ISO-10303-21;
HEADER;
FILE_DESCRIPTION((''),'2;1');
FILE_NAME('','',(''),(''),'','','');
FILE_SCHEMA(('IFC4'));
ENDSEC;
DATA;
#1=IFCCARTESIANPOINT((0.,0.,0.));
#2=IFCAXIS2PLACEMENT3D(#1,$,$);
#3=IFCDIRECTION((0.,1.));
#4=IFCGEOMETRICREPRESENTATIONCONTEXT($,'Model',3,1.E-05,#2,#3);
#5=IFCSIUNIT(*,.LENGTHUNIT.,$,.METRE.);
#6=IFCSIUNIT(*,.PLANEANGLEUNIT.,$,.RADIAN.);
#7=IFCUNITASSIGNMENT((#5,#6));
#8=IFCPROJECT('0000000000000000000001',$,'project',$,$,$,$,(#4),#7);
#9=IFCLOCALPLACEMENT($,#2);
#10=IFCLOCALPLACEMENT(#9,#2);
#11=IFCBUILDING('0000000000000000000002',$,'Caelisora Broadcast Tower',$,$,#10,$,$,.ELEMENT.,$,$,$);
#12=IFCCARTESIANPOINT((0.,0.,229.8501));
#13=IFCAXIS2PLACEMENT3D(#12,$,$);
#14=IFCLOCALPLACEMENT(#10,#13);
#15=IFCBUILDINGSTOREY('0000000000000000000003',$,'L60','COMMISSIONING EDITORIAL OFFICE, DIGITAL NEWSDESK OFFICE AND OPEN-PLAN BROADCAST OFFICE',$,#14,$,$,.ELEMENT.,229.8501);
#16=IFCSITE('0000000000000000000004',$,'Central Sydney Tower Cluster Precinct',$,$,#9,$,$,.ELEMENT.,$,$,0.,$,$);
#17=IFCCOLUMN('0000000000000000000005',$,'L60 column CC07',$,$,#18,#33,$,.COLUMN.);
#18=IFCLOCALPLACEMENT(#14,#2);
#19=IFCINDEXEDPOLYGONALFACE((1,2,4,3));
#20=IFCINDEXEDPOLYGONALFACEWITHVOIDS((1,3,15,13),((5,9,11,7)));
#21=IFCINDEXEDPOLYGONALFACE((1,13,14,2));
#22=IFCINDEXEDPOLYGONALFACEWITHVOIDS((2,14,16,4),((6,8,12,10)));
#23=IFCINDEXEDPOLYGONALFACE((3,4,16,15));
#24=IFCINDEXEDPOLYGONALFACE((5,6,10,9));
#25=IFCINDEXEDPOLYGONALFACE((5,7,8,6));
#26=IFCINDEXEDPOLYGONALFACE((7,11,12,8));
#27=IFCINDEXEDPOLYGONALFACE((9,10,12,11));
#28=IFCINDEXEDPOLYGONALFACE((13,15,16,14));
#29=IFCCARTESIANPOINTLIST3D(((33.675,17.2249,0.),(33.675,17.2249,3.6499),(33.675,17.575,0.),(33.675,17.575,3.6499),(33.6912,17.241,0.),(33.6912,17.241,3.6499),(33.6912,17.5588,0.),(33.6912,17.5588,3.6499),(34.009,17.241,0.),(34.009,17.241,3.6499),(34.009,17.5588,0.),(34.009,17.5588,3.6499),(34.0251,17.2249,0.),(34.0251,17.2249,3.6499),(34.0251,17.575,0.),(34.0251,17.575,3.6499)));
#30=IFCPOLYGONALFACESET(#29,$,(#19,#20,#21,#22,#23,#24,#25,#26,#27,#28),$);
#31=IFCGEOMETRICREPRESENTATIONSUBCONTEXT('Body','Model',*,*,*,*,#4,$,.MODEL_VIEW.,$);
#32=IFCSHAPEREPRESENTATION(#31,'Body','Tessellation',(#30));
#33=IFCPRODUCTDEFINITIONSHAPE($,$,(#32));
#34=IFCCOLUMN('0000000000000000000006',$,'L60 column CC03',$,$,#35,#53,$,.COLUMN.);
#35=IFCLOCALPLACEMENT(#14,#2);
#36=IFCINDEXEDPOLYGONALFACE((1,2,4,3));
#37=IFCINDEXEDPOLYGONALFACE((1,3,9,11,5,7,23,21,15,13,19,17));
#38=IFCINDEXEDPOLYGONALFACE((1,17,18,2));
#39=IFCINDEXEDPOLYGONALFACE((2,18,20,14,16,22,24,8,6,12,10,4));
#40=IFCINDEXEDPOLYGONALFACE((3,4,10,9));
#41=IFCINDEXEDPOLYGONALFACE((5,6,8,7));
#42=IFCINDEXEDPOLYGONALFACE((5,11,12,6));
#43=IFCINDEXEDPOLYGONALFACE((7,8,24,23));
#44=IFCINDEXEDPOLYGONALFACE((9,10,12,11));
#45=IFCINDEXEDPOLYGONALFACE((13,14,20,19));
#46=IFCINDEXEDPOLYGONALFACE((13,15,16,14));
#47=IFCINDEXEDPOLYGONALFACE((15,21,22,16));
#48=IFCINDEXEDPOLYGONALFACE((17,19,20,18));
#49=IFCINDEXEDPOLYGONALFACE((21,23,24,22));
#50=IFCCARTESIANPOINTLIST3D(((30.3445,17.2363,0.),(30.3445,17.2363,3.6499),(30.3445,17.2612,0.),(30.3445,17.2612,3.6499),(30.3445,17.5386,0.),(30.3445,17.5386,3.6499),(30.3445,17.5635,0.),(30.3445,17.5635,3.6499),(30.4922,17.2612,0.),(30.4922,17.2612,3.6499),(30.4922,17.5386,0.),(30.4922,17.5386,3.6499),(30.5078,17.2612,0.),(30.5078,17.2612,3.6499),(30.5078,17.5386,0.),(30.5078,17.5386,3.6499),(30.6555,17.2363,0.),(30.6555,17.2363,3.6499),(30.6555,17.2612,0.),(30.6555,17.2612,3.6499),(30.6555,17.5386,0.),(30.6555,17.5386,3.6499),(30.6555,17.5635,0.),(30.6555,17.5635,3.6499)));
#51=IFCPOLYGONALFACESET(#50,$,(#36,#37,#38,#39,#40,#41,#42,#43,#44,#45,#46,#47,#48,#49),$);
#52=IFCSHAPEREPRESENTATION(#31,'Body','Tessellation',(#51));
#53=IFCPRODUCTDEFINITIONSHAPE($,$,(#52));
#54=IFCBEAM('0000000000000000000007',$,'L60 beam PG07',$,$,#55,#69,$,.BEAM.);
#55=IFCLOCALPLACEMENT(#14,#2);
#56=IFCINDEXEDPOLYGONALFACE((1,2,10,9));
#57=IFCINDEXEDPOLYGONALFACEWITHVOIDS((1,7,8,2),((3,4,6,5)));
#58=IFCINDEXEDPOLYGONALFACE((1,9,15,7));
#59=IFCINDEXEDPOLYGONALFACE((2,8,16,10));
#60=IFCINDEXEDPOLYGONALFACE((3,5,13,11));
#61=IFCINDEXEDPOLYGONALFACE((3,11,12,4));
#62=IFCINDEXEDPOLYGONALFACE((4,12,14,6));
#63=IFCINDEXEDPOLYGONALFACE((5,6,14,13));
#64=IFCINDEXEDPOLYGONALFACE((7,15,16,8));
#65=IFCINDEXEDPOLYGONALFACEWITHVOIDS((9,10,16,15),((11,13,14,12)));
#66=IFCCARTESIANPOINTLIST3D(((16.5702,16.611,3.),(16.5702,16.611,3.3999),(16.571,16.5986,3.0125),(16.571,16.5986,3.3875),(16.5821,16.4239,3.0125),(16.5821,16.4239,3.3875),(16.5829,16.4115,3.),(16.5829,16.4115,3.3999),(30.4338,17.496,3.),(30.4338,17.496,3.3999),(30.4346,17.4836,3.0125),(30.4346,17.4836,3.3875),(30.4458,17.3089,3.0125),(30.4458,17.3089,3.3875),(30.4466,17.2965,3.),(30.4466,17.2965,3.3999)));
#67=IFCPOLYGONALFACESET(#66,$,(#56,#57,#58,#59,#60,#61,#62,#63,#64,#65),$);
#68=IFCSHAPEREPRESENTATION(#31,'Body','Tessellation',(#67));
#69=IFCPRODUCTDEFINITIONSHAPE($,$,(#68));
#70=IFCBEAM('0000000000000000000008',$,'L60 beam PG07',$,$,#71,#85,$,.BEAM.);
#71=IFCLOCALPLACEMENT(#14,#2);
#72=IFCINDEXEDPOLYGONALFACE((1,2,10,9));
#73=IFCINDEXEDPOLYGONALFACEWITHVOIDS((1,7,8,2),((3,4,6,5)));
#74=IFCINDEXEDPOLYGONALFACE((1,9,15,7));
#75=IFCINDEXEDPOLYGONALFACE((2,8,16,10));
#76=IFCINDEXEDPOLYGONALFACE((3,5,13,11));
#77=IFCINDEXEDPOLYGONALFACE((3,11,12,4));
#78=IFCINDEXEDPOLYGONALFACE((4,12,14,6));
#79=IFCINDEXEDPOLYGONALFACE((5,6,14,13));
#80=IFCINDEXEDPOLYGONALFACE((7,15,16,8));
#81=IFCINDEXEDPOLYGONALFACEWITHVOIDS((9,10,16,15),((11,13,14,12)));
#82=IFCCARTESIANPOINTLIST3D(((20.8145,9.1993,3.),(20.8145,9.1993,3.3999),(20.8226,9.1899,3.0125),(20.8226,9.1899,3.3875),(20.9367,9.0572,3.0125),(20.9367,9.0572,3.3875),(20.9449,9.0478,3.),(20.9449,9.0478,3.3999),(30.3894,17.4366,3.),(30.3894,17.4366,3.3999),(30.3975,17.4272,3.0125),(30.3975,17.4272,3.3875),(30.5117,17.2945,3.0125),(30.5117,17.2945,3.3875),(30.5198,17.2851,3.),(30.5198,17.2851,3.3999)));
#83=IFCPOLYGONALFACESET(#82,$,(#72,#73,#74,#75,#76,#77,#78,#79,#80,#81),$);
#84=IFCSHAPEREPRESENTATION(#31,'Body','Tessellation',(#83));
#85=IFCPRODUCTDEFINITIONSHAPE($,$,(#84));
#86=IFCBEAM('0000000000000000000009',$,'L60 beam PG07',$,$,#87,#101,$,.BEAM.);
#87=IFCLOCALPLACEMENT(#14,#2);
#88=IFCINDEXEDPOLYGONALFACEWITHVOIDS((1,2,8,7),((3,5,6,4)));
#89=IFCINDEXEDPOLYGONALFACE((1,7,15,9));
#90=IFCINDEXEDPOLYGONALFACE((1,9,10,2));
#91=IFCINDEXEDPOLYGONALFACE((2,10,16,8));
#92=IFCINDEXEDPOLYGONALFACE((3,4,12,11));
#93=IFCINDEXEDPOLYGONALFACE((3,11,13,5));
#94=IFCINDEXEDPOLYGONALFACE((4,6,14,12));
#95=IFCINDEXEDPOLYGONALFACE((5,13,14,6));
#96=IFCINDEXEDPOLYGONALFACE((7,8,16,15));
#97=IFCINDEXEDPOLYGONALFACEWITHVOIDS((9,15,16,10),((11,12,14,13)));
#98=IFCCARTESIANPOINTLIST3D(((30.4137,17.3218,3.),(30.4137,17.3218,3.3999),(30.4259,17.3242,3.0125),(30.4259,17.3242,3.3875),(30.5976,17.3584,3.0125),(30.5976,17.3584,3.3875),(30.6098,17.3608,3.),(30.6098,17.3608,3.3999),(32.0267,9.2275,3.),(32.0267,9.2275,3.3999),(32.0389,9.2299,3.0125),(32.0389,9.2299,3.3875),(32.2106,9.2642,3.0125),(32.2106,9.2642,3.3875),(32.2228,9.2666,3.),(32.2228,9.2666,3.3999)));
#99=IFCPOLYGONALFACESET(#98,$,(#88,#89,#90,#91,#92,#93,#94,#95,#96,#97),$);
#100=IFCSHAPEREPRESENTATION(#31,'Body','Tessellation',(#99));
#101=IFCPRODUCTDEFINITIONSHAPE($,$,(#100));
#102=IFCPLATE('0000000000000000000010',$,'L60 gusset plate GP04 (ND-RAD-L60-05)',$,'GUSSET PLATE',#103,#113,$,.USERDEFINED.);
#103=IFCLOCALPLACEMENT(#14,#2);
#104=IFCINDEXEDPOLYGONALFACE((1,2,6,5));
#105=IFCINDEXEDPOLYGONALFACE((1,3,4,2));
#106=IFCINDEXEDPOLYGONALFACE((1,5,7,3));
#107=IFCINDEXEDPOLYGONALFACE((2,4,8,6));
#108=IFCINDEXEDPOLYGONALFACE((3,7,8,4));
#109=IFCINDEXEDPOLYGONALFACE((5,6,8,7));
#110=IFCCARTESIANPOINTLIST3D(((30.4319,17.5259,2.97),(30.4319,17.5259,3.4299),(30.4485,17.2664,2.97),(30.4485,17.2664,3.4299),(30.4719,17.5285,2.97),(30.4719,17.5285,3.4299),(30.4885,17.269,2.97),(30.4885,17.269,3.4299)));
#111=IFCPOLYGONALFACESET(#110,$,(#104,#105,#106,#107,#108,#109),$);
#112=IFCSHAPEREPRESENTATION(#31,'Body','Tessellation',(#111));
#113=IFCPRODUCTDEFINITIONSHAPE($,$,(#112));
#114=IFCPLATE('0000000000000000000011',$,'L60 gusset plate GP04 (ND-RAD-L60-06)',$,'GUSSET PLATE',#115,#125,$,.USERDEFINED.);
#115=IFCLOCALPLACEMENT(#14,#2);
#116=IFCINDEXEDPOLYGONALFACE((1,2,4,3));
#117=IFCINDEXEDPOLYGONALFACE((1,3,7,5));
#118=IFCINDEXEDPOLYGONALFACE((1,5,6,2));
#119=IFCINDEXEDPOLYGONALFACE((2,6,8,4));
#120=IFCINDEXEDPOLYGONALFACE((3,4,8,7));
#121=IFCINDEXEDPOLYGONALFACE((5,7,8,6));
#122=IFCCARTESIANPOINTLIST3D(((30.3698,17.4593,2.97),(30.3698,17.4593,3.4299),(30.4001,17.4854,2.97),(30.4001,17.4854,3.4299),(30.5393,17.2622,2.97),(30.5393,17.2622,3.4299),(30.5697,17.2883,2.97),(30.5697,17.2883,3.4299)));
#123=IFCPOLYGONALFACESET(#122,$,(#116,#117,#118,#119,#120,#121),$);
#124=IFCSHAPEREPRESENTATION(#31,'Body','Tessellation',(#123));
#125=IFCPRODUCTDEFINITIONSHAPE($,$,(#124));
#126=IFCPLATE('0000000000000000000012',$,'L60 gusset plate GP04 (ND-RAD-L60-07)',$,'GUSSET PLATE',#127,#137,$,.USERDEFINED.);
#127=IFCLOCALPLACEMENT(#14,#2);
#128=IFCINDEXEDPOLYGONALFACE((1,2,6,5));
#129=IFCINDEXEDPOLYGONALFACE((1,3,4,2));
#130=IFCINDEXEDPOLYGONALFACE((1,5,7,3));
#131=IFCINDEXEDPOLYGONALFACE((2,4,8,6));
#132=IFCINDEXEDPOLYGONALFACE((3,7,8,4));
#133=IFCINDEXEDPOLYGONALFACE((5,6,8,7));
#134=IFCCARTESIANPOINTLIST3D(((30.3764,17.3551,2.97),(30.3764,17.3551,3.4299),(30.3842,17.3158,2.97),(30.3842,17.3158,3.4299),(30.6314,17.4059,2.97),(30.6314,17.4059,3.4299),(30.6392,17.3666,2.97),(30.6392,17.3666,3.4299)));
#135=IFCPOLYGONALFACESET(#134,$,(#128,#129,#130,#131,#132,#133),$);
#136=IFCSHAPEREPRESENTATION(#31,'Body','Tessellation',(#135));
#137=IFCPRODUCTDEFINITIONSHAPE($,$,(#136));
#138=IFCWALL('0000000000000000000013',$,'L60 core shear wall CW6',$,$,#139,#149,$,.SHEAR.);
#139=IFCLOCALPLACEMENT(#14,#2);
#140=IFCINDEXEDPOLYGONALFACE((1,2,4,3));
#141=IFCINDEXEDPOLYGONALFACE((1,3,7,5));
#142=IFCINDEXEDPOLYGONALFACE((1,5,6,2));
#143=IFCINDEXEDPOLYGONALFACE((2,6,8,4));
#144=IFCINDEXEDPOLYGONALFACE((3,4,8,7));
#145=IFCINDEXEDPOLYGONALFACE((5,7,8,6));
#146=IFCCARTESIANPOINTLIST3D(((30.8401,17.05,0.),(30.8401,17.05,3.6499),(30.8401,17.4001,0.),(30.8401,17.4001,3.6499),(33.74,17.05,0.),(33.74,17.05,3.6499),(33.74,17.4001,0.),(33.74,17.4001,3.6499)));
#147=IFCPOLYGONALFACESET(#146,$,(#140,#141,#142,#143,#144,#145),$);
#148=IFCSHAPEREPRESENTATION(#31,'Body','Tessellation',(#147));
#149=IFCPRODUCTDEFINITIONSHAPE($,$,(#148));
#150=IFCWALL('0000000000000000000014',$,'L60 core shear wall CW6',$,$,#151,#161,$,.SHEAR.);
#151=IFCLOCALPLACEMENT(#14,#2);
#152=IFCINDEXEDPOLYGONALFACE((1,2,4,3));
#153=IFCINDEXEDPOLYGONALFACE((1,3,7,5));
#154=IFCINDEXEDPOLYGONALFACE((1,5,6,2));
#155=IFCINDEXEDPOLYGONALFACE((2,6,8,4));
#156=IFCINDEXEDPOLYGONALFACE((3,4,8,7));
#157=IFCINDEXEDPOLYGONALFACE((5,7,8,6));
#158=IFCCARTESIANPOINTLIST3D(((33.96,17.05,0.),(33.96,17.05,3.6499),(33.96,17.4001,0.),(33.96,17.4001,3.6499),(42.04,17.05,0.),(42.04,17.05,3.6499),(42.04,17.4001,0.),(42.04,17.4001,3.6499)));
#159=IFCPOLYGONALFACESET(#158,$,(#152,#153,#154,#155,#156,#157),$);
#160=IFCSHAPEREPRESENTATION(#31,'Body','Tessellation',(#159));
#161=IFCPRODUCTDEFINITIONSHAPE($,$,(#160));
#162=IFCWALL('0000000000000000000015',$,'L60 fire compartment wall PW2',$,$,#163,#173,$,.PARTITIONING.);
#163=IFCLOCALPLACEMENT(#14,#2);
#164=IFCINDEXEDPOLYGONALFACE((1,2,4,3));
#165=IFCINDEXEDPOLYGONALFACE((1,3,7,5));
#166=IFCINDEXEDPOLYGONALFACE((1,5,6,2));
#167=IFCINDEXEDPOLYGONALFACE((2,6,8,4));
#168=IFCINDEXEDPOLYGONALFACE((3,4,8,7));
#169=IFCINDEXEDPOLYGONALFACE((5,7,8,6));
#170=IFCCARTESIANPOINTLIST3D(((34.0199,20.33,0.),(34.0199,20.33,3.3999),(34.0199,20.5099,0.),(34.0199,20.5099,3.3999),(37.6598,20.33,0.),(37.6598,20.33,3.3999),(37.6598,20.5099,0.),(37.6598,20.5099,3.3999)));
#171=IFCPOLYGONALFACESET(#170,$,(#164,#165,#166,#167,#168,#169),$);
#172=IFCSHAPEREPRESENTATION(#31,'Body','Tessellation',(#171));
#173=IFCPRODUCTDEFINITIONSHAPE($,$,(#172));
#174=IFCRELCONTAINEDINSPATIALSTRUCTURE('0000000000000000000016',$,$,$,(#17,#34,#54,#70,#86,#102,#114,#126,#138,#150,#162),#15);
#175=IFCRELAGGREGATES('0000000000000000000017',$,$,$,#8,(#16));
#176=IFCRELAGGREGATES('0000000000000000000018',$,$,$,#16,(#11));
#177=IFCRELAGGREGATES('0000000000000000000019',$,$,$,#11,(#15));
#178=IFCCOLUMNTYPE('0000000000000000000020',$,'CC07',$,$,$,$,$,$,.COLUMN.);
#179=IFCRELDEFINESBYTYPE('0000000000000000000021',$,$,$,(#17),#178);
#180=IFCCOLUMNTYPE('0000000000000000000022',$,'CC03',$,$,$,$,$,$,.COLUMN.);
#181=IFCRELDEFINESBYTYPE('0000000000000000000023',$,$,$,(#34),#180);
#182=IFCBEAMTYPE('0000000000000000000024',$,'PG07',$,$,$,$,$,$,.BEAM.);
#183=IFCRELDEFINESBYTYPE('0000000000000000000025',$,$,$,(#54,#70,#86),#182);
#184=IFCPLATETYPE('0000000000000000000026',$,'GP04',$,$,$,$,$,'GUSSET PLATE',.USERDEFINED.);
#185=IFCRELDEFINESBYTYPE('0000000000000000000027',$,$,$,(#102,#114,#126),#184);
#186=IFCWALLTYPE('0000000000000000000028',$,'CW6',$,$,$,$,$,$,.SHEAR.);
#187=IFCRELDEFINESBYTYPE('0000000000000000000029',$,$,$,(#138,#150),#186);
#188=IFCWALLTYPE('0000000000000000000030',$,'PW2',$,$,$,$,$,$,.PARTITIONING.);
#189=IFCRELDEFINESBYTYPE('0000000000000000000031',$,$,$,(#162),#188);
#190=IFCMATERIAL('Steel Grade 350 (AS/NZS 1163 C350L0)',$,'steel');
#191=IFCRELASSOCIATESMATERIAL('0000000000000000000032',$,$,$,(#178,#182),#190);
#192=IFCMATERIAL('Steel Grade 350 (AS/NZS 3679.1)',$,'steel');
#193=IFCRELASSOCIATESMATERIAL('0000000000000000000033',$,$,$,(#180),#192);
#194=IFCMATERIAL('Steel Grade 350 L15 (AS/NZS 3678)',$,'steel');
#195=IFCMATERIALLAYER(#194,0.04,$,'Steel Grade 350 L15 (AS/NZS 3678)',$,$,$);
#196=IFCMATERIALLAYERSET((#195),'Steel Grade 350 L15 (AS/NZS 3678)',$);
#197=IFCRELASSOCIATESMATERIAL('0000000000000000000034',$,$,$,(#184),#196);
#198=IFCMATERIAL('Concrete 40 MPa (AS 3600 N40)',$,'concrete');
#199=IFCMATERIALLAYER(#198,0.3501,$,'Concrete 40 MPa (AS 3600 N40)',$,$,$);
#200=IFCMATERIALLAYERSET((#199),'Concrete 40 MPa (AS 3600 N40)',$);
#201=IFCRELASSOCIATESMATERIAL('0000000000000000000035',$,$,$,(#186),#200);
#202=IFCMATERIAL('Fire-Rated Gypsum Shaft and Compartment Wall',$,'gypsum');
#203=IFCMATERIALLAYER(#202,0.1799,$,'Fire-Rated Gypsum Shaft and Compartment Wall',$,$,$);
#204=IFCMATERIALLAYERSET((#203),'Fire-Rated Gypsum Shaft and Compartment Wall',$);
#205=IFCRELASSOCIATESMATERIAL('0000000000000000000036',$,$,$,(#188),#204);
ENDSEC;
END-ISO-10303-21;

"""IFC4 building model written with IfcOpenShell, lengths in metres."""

from ifc_helpers import new_model, si_unit, direction, frame, frame_2d, origin, origin_2d, place, context, subcontext, project, spatial, rectangle, hollow_rectangle, i_section, extrude, source, transform, mapped, material, layer, layer_set, material_profile, profile_set, type_object, type_shapes, element, save


model = new_model("IFC4")

# Units and contexts
model_context = context("Model", 3, precision=1e-05, world=origin(), true_north=direction((0.0, 1.0)))
body_context = subcontext(model_context, "Body", "Model", "MODEL_VIEW")
ifc_project = project(units=[si_unit("LENGTHUNIT", "METRE"), si_unit("PLANEANGLEUNIT", "RADIAN")], contexts=[model_context])

# Site, building, storey
site_placement = place(None, origin())
site = spatial("IfcSite", under=ifc_project, at=site_placement, Name="Central Sydney Tower Cluster Precinct", CompositionType="ELEMENT", RefElevation=0.0)
building_placement = place(site_placement, origin())
building = spatial("IfcBuilding", under=site, at=building_placement, Name="Caelisora Broadcast Tower", CompositionType="ELEMENT")
storey_placement = place(building_placement, frame((0.0, 0.0, 229.8501)))
storey = spatial("IfcBuildingStorey", under=building, at=storey_placement, Name="L60", Description="COMMISSIONING EDITORIAL OFFICE, DIGITAL NEWSDESK OFFICE AND OPEN-PLAN BROADCAST OFFICE", CompositionType="ELEMENT", Elevation=229.8501)

# Columns
ifc_material_1 = material(Name="Steel Grade 350 (AS/NZS 1163 C350L0)", Category="steel")
ifc_material_profile_1 = material_profile(ifc_material_1, hollow_rectangle(XDim=0.3501, YDim=0.3501, WallThickness=0.0161, at=origin_2d()), Name="Steel Grade 350 (AS/NZS 1163 C350L0)")
ifc_profile_set_1 = profile_set([ifc_material_profile_1], Name="Steel Grade 350 (AS/NZS 1163 C350L0)")
column_type_1 = type_object("IfcColumnType", Name="CC07", PredefinedType="COLUMN", material=ifc_profile_set_1)
shared_shape_1 = source(origin(), body_context, "Body", "SweptSolid", [
    extrude(hollow_rectangle(XDim=0.3501, YDim=0.3501, WallThickness=0.0161, at=origin_2d()), origin(), (0.0, 0.0, 1.0), 3.6499),
])
type_shapes(column_type_1, [shared_shape_1])
column_1_placement = place(storey_placement, frame((33.8501, 17.3999, 0.0), z_axis=(0.0, 0.0, 1.0), x_axis=(1.0, 0.0, 0.0)))
element("IfcColumn", 1, at=column_1_placement, inside=storey, type_object=column_type_1, Name="L60 column CC07", PredefinedType="COLUMN", context=body_context, shape_type="MappedRepresentation", body=[
    mapped(shared_shape_1, transform((0.0, 0.0, 0.0), scale=1.0)),
])
ifc_material_2 = material(Name="Steel Grade 350 (AS/NZS 3679.1)", Category="steel")
ifc_material_profile_2 = material_profile(ifc_material_2, i_section(OverallWidth=0.311, OverallDepth=0.3271, WebThickness=0.0156, FlangeThickness=0.0249, at=origin_2d()), Name="Steel Grade 350 (AS/NZS 3679.1)")
ifc_profile_set_2 = profile_set([ifc_material_profile_2], Name="Steel Grade 350 (AS/NZS 3679.1)")
column_type_2 = type_object("IfcColumnType", Name="CC03", PredefinedType="COLUMN", material=ifc_profile_set_2)
shared_shape_2 = source(origin(), body_context, "Body", "SweptSolid", [
    extrude(i_section(OverallWidth=0.311, OverallDepth=0.3271, WebThickness=0.0156, FlangeThickness=0.0249, at=origin_2d()), origin(), (0.0, 0.0, 1.0), 3.6499),
])
type_shapes(column_type_2, [shared_shape_2])
column_2_placement = place(storey_placement, frame((30.5, 17.3999, 0.0), z_axis=(0.0, 0.0, 1.0), x_axis=(1.0, 0.0, 0.0)))
element("IfcColumn", 2, at=column_2_placement, inside=storey, type_object=column_type_2, Name="L60 column CC03", PredefinedType="COLUMN", context=body_context, shape_type="MappedRepresentation", body=[
    mapped(shared_shape_2, transform((0.0, 0.0, 0.0), scale=1.0)),
])

# Beams
ifc_material_profile_3 = material_profile(ifc_material_1, hollow_rectangle(XDim=0.2, YDim=0.3999, WallThickness=0.0125, at=origin_2d()), Name="Steel Grade 350 (AS/NZS 1163 C350L0)")
ifc_profile_set_3 = profile_set([ifc_material_profile_3], Name="Steel Grade 350 (AS/NZS 1163 C350L0)")
beam_type = type_object("IfcBeamType", Name="PG07", PredefinedType="BEAM", material=ifc_profile_set_3)
shared_shape_3 = source(origin(), body_context, "Body", "SweptSolid", [
    extrude(hollow_rectangle(XDim=0.2, YDim=0.3999, WallThickness=0.0125, at=origin_2d()), origin(), (0.0, 0.0, 1.0), 13.8918),
])
beam_1_placement = place(storey_placement, frame((30.4402, 17.3962, 3.2), z_axis=(-0.997969, -0.063708, 0.0), x_axis=(0.063708, -0.997969, 0.0)))
element("IfcBeam", 3, at=beam_1_placement, inside=storey, type_object=beam_type, Name="L60 beam PG07", PredefinedType="BEAM", context=body_context, shape_type="MappedRepresentation", body=[
    mapped(shared_shape_3, transform((0.0, 0.0, 0.0), scale=1.0)),
])
shared_shape_4 = source(origin(), body_context, "Body", "SweptSolid", [
    extrude(hollow_rectangle(XDim=0.2, YDim=0.3999, WallThickness=0.0125, at=origin_2d()), origin(), (0.0, 0.0, 1.0), 12.6306),
])
beam_2_placement = place(storey_placement, frame((30.4546, 17.3608, 3.2), z_axis=(-0.758074, -0.652169, 0.0), x_axis=(0.652169, -0.758074, 0.0)))
element("IfcBeam", 4, at=beam_2_placement, inside=storey, type_object=beam_type, Name="L60 beam PG07", PredefinedType="BEAM", context=body_context, shape_type="MappedRepresentation", body=[
    mapped(shared_shape_4, transform((0.0, 0.0, 0.0), scale=1.0)),
])
shared_shape_5 = source(origin(), body_context, "Body", "SweptSolid", [
    extrude(hollow_rectangle(XDim=0.2, YDim=0.3999, WallThickness=0.0125, at=origin_2d()), origin(), (0.0, 0.0, 1.0), 8.2534),
])
type_shapes(beam_type, [shared_shape_3, shared_shape_4, shared_shape_5])
beam_3_placement = place(storey_placement, frame((30.5117, 17.3413, 3.2), z_axis=(0.195439, -0.980716, 0.0), x_axis=(0.980716, 0.195439, 0.0)))
element("IfcBeam", 5, at=beam_3_placement, inside=storey, type_object=beam_type, Name="L60 beam PG07", PredefinedType="BEAM", context=body_context, shape_type="MappedRepresentation", body=[
    mapped(shared_shape_5, transform((0.0, 0.0, 0.0), scale=1.0)),
])

# Plates
ifc_material_3 = material(Name="Steel Grade 350 L15 (AS/NZS 3678)", Category="steel")
ifc_layer_1 = layer(ifc_material_3, 0.04, Name="Steel Grade 350 L15 (AS/NZS 3678)")
ifc_layer_set_1 = layer_set([ifc_layer_1], Name="Steel Grade 350 L15 (AS/NZS 3678)")
plate_type = type_object("IfcPlateType", Name="GP04", ElementType="GUSSET PLATE", PredefinedType="USERDEFINED", material=ifc_layer_set_1)
shared_shape_6 = source(origin(), body_context, "Body", "SweptSolid", [
    extrude(rectangle(XDim=0.26, YDim=0.04, at=origin_2d()), origin(), (0.0, 0.0, 1.0), 0.46),
])
type_shapes(plate_type, [shared_shape_6])
for number, where, z_axis, x_axis, name in (
    (6, (30.4602, 17.3975, 2.97), (0.0, 0.0, 1.0), (0.063661, -0.997972, 0.0), "L60 gusset plate GP04 (ND-RAD-L60-05)"),
    (7, (30.4697, 17.3738, 2.97), (0.0, 0.0, 1.0), (0.652231, -0.758021, 0.0), "L60 gusset plate GP04 (ND-RAD-L60-06)"),
    (8, (30.5078, 17.3608, 2.97), (0.0, 0.0, 1.0), (0.980717, 0.195433, 0.0), "L60 gusset plate GP04 (ND-RAD-L60-07)"),
):
    element("IfcPlate", number, at=place(storey_placement, frame(where, z_axis=z_axis, x_axis=x_axis)), inside=storey, type_object=plate_type, Name=name, ObjectType="GUSSET PLATE", PredefinedType="USERDEFINED", context=body_context, shape_type="MappedRepresentation", body=[
        mapped(shared_shape_6, transform((0.0, 0.0, 0.0), scale=1.0)),
    ])

# Walls
ifc_material_4 = material(Name="Concrete 40 MPa (AS 3600 N40)", Category="concrete")
ifc_layer_2 = layer(ifc_material_4, 0.3501, Name="Concrete 40 MPa (AS 3600 N40)")
ifc_layer_set_2 = layer_set([ifc_layer_2], Name="Concrete 40 MPa (AS 3600 N40)")
wall_type_1 = type_object("IfcWallType", Name="CW6", PredefinedType="SHEAR", material=ifc_layer_set_2)
wall_1_placement = place(storey_placement, frame((30.8401, 17.2251, 0.0), z_axis=(0.0, 0.0, 1.0), x_axis=(1.0, 0.0, 0.0)))
element("IfcWall", 9, at=wall_1_placement, inside=storey, type_object=wall_type_1, Name="L60 core shear wall CW6", PredefinedType="SHEAR", context=body_context, shape_type="SweptSolid", body=[
    extrude(rectangle(XDim=2.8999, YDim=0.3501, at=frame_2d((1.45, 0.0))), origin(), (0.0, 0.0, 1.0), 3.6499),
])
wall_2_placement = place(storey_placement, frame((33.96, 17.2251, 0.0), z_axis=(0.0, 0.0, 1.0), x_axis=(1.0, 0.0, 0.0)))
element("IfcWall", 10, at=wall_2_placement, inside=storey, type_object=wall_type_1, Name="L60 core shear wall CW6", PredefinedType="SHEAR", context=body_context, shape_type="SweptSolid", body=[
    extrude(rectangle(XDim=8.0801, YDim=0.3501, at=frame_2d((4.04, 0.0))), origin(), (0.0, 0.0, 1.0), 3.6499),
])
ifc_material_5 = material(Name="Fire-Rated Gypsum Shaft and Compartment Wall", Category="gypsum")
ifc_layer_3 = layer(ifc_material_5, 0.1799, Name="Fire-Rated Gypsum Shaft and Compartment Wall")
ifc_layer_set_3 = layer_set([ifc_layer_3], Name="Fire-Rated Gypsum Shaft and Compartment Wall")
wall_type_2 = type_object("IfcWallType", Name="PW2", PredefinedType="PARTITIONING", material=ifc_layer_set_3)
wall_3_placement = place(storey_placement, frame((34.02, 20.4199, 0.0), z_axis=(0.0, 0.0, 1.0), x_axis=(1.0, 0.0, 0.0)))
element("IfcWall", 11, at=wall_3_placement, inside=storey, type_object=wall_type_2, Name="L60 fire compartment wall PW2", PredefinedType="PARTITIONING", context=body_context, shape_type="SweptSolid", body=[
    extrude(rectangle(XDim=3.6399, YDim=0.1799, at=frame_2d((1.8198, 0.0))), origin(), (0.0, 0.0, 1.0), 3.3999),
])

save(model, "model.ifc")
